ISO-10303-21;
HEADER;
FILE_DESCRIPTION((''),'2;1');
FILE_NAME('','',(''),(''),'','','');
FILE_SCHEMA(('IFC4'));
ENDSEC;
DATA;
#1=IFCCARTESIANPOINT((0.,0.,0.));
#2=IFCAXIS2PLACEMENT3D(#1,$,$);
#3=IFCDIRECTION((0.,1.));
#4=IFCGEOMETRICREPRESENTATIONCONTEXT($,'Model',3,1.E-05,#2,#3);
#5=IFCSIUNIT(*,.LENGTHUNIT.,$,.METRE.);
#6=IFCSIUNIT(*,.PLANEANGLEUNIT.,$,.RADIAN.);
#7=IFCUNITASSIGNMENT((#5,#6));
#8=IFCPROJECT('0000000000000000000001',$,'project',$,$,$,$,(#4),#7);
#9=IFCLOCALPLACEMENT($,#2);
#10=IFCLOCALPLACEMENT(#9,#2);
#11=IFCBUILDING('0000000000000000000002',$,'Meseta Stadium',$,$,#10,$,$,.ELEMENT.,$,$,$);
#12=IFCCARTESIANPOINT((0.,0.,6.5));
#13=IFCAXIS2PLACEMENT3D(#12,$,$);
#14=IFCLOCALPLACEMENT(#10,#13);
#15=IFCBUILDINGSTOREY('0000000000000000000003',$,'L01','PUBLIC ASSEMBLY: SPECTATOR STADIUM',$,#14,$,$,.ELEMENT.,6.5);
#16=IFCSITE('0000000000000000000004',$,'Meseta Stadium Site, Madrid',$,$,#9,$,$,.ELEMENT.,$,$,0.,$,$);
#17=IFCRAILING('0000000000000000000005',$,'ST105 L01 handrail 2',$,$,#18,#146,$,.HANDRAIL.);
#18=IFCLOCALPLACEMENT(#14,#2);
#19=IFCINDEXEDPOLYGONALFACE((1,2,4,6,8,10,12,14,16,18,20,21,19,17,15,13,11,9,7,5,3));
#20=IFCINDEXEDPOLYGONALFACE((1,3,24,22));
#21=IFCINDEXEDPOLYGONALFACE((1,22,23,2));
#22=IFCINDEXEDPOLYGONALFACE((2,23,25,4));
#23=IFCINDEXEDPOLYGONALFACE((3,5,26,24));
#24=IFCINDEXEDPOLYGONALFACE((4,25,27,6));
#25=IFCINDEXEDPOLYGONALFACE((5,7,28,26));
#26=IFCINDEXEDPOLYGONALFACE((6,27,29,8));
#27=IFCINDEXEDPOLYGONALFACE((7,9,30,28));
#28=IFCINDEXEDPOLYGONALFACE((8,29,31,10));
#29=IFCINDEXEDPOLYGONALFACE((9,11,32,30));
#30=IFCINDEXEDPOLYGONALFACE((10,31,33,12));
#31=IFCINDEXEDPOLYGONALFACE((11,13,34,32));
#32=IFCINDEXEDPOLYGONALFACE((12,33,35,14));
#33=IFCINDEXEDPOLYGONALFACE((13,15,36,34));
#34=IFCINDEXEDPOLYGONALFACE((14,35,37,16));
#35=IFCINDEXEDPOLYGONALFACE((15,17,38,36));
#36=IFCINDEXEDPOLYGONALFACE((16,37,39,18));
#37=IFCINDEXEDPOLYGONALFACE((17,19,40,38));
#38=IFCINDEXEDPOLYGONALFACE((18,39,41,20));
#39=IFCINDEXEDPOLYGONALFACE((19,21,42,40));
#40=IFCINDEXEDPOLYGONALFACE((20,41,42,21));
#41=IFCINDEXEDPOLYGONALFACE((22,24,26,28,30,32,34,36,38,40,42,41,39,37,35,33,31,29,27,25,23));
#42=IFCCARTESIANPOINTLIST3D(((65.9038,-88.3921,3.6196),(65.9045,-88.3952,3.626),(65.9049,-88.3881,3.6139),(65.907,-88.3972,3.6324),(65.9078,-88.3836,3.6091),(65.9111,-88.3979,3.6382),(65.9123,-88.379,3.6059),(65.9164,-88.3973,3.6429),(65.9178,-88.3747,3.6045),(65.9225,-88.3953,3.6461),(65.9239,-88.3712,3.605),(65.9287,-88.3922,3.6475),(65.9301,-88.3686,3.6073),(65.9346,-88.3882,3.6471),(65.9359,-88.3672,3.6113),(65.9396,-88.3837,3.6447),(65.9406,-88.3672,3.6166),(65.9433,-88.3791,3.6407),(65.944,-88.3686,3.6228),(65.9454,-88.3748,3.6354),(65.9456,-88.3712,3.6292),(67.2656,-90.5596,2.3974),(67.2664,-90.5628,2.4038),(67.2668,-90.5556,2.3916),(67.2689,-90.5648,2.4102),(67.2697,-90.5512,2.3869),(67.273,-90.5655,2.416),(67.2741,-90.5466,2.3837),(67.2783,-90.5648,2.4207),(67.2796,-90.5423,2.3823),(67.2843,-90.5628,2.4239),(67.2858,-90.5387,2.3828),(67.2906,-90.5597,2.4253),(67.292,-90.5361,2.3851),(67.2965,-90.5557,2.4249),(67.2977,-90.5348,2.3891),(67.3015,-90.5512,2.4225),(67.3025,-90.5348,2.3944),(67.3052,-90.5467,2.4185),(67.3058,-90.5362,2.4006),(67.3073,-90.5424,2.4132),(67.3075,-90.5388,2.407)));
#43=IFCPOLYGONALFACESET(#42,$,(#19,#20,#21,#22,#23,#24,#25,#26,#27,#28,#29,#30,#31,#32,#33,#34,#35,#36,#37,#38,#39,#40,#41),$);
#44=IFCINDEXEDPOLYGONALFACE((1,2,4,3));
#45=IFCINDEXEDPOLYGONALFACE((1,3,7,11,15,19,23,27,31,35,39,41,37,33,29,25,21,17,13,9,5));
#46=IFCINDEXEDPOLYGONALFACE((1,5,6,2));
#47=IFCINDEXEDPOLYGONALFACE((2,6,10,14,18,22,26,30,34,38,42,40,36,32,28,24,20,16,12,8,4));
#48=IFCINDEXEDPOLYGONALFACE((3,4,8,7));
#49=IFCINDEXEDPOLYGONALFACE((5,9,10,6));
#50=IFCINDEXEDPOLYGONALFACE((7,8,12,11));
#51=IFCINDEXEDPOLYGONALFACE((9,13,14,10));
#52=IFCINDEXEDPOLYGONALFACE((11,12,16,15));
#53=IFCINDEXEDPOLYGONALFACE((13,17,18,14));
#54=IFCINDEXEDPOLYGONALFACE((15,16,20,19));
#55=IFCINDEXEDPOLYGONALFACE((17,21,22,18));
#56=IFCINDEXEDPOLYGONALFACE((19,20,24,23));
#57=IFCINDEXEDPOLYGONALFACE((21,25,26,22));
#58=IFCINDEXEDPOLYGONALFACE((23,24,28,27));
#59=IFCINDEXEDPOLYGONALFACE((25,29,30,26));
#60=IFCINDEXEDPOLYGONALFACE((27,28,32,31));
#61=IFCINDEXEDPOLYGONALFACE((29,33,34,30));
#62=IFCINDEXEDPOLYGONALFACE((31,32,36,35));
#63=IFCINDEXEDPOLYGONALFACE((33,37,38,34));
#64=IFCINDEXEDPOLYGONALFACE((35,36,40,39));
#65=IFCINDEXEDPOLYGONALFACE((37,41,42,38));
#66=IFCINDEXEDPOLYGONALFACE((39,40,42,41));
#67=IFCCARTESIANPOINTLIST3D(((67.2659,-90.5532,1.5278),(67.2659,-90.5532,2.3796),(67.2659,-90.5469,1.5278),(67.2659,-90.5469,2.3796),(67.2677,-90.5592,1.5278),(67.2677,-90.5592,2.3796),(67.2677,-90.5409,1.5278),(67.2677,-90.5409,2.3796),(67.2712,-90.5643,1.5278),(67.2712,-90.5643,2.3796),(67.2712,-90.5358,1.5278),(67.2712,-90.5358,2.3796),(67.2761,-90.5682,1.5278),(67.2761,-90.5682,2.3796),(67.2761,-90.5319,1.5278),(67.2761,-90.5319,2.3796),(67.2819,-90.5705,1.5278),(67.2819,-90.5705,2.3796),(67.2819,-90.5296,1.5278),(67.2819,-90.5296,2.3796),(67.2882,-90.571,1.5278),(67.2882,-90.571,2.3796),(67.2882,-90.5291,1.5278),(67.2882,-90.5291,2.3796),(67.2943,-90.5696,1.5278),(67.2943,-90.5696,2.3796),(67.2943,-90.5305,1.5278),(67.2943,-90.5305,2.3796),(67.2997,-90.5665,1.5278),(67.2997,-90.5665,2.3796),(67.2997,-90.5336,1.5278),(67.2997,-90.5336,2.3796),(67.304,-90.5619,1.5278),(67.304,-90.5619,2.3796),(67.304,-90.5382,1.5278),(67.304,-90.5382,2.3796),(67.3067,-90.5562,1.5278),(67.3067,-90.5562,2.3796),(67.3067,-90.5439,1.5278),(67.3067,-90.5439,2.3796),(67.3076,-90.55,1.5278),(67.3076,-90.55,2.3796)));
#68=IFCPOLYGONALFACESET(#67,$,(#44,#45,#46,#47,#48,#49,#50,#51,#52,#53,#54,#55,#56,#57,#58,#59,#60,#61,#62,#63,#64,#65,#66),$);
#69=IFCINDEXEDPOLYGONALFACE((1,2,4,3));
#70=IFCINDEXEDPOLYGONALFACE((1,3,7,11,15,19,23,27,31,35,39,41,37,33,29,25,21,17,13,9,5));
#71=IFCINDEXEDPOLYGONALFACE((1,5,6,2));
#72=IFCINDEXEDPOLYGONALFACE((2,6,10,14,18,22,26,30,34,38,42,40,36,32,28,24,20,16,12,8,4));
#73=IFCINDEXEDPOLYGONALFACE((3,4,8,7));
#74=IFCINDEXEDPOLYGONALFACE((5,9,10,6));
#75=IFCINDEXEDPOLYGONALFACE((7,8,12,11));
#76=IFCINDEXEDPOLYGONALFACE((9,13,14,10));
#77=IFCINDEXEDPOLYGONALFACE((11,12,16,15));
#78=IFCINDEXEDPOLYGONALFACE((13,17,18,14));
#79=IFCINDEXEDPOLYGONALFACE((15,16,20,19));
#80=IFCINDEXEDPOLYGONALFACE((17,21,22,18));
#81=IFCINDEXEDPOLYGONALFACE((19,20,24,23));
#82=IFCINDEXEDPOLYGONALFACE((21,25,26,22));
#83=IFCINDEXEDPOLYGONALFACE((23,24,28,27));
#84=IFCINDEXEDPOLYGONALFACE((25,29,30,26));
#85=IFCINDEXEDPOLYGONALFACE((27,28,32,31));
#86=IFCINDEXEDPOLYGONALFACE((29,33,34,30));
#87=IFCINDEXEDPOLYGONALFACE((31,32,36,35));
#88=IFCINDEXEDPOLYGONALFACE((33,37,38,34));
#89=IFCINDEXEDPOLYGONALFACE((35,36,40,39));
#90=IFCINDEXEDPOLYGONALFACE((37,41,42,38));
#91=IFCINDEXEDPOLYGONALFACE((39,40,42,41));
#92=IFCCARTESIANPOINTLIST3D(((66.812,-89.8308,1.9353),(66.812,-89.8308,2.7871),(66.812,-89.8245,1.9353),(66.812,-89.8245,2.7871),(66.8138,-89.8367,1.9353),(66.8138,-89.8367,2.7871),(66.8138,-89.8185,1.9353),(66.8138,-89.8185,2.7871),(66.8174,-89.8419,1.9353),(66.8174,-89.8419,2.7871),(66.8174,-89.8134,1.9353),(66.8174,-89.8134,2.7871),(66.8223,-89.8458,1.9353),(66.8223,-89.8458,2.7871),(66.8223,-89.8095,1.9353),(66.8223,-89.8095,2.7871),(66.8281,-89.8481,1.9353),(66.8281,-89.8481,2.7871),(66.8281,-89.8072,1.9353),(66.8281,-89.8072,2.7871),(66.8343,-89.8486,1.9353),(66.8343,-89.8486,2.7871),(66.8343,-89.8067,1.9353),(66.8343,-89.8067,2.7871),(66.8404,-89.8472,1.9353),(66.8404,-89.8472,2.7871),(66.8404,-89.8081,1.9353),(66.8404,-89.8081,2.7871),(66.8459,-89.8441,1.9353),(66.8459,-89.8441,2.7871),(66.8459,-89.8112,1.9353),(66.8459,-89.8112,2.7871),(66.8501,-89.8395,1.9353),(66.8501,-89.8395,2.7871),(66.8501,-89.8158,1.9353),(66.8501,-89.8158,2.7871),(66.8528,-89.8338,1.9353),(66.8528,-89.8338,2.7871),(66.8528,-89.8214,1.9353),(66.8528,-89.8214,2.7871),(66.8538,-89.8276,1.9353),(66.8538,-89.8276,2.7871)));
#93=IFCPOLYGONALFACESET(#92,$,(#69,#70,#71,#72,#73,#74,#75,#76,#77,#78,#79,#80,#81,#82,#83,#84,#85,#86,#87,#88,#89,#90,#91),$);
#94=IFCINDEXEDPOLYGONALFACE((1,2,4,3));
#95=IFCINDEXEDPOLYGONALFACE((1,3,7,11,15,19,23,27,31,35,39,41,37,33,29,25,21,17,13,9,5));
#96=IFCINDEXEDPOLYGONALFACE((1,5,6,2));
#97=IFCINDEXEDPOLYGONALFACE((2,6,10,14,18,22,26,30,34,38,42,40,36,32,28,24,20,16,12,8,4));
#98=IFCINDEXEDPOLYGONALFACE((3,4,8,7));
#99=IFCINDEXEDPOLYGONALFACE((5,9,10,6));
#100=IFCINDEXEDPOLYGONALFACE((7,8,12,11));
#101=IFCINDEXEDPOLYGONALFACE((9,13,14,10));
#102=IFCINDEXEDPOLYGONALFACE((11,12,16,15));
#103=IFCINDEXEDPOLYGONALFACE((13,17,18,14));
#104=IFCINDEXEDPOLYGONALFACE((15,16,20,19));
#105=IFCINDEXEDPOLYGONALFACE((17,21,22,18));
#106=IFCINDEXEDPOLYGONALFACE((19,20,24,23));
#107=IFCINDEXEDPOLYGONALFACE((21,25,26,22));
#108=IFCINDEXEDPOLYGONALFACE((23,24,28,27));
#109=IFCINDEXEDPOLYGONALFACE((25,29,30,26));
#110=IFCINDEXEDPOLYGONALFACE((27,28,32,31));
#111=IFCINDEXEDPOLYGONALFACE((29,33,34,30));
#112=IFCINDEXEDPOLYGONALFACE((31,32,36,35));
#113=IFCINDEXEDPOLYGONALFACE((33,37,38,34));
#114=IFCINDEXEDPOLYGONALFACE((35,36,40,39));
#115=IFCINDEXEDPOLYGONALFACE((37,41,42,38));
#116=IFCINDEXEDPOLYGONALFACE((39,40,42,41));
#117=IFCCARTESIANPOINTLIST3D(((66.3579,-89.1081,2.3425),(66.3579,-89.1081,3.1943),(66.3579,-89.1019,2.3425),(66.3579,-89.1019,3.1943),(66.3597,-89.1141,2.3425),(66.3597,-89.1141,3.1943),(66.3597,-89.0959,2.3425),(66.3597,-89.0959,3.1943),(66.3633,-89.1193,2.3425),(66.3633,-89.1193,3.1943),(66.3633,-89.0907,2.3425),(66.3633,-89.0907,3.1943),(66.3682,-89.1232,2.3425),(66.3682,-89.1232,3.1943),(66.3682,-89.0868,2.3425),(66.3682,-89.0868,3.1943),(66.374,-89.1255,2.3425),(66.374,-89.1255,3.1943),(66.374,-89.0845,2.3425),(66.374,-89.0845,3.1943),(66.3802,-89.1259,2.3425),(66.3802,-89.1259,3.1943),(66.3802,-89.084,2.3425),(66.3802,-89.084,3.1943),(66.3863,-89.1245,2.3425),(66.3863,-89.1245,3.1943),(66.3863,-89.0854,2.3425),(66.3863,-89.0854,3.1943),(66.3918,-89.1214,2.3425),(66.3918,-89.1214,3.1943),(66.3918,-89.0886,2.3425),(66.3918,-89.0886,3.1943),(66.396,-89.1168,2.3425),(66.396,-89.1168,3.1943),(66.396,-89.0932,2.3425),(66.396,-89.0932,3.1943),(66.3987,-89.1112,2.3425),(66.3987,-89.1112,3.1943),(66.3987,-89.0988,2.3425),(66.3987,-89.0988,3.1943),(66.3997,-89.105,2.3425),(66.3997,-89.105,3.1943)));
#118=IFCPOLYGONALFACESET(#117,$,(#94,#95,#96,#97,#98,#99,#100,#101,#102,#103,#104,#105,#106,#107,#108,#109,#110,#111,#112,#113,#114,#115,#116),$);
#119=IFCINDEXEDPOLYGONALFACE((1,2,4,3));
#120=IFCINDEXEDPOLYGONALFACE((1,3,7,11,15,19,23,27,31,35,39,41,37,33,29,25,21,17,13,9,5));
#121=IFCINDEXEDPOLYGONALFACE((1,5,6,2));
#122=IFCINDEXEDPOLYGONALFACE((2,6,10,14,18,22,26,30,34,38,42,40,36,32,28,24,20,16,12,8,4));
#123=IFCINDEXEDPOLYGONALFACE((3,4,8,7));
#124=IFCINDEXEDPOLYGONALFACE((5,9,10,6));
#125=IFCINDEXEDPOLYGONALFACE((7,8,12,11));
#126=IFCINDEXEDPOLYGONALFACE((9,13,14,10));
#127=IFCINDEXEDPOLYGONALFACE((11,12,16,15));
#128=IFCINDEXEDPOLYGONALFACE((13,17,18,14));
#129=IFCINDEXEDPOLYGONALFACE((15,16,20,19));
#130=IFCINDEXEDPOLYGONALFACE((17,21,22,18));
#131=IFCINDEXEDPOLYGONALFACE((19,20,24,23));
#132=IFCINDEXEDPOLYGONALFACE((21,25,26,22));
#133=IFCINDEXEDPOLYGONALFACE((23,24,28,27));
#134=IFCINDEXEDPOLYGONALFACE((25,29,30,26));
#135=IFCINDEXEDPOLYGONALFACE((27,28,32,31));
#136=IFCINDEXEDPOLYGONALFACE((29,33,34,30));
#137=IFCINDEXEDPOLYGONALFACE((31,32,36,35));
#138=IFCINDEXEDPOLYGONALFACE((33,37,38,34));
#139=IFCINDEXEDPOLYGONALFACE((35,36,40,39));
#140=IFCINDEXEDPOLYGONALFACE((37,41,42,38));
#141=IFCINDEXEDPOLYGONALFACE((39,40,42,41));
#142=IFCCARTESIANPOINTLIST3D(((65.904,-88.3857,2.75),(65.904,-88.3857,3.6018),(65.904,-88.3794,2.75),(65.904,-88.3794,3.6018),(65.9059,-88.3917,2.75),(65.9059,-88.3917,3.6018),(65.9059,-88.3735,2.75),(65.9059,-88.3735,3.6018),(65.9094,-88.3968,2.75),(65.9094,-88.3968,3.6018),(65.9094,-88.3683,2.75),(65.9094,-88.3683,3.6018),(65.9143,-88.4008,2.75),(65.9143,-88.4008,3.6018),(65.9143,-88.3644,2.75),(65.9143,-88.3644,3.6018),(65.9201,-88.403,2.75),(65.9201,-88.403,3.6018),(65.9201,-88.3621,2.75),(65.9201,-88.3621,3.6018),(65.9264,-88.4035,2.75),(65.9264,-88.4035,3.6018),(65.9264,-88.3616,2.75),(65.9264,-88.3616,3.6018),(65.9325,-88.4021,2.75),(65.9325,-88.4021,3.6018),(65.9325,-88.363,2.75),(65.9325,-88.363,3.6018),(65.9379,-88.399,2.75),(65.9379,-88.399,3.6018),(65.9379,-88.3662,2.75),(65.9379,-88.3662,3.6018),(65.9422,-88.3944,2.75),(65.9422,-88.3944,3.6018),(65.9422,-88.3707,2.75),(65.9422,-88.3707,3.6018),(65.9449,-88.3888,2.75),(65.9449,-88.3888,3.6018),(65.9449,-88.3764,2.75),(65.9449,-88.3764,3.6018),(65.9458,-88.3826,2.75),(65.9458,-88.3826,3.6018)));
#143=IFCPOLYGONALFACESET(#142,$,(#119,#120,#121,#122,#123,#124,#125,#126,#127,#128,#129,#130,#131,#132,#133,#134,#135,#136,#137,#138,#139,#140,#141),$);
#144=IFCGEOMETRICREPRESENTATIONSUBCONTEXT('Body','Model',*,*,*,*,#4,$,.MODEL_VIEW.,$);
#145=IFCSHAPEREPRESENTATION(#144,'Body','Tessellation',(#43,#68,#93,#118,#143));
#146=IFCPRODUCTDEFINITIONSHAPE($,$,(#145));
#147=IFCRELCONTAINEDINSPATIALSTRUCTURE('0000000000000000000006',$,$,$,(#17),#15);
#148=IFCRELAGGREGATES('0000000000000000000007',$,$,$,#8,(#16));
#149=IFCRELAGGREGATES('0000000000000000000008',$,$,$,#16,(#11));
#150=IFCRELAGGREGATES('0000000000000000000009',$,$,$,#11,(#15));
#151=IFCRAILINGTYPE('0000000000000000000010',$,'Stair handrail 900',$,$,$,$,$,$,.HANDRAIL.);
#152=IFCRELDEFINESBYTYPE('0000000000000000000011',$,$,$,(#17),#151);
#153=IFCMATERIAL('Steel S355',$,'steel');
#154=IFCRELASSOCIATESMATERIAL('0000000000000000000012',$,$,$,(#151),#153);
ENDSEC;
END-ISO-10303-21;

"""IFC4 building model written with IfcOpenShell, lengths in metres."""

from ifc_helpers import new_model, si_unit, direction, frame, origin, origin_2d, place, context, subcontext, project, spatial, circle, extrude, material, type_object, element, save


model = new_model("IFC4")

# Units and contexts
model_context = context("Model", 3, precision=1e-05, world=origin(), true_north=direction((0.0, 1.0)))
body_context = subcontext(model_context, "Body", "Model", "MODEL_VIEW")
ifc_project = project(units=[si_unit("LENGTHUNIT", "METRE"), si_unit("PLANEANGLEUNIT", "RADIAN")], contexts=[model_context])

# Site, building, storey
site_placement = place(None, origin())
site = spatial("IfcSite", under=ifc_project, at=site_placement, Name="Meseta Stadium Site, Madrid", CompositionType="ELEMENT", RefElevation=0.0)
building_placement = place(site_placement, origin())
building = spatial("IfcBuilding", under=site, at=building_placement, Name="Meseta Stadium", CompositionType="ELEMENT")
storey_placement = place(building_placement, frame((0.0, 0.0, 6.5)))
storey = spatial("IfcBuildingStorey", under=building, at=storey_placement, Name="L01", Description="PUBLIC ASSEMBLY: SPECTATOR STADIUM", CompositionType="ELEMENT", Elevation=6.5)

# Railing
ifc_material_1 = material(Name="Steel S355", Category="steel")
railing_type_1 = type_object("IfcRailingType", Name="Stair handrail 900", PredefinedType="HANDRAIL", material=ifc_material_1)
for number, where, name in (
    (1, (67.2866, -90.55, 1.5278), "ST105 L01 handrail 2"),
):
    element("IfcRailing", number, at=place(storey_placement, frame(where)), inside=storey, type_object=railing_type_1, Name=name, PredefinedType="HANDRAIL", context=body_context, shape_type="SweptSolid", body=[
        extrude(circle(Radius=0.0239, at=origin_2d()), frame((0.0, 0.0, 0.876), z_axis=(-0.48009, 0.764116, 0.430859), x_axis=(-0.846742, -0.532004, 0.0)), (0.0, 0.0, 1.0), 2.8367),
        extrude(circle(Radius=0.021, at=origin_2d()), origin(), (0.0, 0.0, 1.0), 0.8518),
        extrude(circle(Radius=0.021, at=origin_2d()), frame((-0.4539, 0.7224, 0.4075)), (0.0, 0.0, 1.0), 0.8518),
        extrude(circle(Radius=0.021, at=origin_2d()), frame((-0.908, 1.4451, 0.8147)), (0.0, 0.0, 1.0), 0.8518),
        extrude(circle(Radius=0.021, at=origin_2d()), frame((-1.3618, 2.1675, 1.2222)), (0.0, 0.0, 1.0), 0.8518),
    ])

save(model, "model.ifc")
